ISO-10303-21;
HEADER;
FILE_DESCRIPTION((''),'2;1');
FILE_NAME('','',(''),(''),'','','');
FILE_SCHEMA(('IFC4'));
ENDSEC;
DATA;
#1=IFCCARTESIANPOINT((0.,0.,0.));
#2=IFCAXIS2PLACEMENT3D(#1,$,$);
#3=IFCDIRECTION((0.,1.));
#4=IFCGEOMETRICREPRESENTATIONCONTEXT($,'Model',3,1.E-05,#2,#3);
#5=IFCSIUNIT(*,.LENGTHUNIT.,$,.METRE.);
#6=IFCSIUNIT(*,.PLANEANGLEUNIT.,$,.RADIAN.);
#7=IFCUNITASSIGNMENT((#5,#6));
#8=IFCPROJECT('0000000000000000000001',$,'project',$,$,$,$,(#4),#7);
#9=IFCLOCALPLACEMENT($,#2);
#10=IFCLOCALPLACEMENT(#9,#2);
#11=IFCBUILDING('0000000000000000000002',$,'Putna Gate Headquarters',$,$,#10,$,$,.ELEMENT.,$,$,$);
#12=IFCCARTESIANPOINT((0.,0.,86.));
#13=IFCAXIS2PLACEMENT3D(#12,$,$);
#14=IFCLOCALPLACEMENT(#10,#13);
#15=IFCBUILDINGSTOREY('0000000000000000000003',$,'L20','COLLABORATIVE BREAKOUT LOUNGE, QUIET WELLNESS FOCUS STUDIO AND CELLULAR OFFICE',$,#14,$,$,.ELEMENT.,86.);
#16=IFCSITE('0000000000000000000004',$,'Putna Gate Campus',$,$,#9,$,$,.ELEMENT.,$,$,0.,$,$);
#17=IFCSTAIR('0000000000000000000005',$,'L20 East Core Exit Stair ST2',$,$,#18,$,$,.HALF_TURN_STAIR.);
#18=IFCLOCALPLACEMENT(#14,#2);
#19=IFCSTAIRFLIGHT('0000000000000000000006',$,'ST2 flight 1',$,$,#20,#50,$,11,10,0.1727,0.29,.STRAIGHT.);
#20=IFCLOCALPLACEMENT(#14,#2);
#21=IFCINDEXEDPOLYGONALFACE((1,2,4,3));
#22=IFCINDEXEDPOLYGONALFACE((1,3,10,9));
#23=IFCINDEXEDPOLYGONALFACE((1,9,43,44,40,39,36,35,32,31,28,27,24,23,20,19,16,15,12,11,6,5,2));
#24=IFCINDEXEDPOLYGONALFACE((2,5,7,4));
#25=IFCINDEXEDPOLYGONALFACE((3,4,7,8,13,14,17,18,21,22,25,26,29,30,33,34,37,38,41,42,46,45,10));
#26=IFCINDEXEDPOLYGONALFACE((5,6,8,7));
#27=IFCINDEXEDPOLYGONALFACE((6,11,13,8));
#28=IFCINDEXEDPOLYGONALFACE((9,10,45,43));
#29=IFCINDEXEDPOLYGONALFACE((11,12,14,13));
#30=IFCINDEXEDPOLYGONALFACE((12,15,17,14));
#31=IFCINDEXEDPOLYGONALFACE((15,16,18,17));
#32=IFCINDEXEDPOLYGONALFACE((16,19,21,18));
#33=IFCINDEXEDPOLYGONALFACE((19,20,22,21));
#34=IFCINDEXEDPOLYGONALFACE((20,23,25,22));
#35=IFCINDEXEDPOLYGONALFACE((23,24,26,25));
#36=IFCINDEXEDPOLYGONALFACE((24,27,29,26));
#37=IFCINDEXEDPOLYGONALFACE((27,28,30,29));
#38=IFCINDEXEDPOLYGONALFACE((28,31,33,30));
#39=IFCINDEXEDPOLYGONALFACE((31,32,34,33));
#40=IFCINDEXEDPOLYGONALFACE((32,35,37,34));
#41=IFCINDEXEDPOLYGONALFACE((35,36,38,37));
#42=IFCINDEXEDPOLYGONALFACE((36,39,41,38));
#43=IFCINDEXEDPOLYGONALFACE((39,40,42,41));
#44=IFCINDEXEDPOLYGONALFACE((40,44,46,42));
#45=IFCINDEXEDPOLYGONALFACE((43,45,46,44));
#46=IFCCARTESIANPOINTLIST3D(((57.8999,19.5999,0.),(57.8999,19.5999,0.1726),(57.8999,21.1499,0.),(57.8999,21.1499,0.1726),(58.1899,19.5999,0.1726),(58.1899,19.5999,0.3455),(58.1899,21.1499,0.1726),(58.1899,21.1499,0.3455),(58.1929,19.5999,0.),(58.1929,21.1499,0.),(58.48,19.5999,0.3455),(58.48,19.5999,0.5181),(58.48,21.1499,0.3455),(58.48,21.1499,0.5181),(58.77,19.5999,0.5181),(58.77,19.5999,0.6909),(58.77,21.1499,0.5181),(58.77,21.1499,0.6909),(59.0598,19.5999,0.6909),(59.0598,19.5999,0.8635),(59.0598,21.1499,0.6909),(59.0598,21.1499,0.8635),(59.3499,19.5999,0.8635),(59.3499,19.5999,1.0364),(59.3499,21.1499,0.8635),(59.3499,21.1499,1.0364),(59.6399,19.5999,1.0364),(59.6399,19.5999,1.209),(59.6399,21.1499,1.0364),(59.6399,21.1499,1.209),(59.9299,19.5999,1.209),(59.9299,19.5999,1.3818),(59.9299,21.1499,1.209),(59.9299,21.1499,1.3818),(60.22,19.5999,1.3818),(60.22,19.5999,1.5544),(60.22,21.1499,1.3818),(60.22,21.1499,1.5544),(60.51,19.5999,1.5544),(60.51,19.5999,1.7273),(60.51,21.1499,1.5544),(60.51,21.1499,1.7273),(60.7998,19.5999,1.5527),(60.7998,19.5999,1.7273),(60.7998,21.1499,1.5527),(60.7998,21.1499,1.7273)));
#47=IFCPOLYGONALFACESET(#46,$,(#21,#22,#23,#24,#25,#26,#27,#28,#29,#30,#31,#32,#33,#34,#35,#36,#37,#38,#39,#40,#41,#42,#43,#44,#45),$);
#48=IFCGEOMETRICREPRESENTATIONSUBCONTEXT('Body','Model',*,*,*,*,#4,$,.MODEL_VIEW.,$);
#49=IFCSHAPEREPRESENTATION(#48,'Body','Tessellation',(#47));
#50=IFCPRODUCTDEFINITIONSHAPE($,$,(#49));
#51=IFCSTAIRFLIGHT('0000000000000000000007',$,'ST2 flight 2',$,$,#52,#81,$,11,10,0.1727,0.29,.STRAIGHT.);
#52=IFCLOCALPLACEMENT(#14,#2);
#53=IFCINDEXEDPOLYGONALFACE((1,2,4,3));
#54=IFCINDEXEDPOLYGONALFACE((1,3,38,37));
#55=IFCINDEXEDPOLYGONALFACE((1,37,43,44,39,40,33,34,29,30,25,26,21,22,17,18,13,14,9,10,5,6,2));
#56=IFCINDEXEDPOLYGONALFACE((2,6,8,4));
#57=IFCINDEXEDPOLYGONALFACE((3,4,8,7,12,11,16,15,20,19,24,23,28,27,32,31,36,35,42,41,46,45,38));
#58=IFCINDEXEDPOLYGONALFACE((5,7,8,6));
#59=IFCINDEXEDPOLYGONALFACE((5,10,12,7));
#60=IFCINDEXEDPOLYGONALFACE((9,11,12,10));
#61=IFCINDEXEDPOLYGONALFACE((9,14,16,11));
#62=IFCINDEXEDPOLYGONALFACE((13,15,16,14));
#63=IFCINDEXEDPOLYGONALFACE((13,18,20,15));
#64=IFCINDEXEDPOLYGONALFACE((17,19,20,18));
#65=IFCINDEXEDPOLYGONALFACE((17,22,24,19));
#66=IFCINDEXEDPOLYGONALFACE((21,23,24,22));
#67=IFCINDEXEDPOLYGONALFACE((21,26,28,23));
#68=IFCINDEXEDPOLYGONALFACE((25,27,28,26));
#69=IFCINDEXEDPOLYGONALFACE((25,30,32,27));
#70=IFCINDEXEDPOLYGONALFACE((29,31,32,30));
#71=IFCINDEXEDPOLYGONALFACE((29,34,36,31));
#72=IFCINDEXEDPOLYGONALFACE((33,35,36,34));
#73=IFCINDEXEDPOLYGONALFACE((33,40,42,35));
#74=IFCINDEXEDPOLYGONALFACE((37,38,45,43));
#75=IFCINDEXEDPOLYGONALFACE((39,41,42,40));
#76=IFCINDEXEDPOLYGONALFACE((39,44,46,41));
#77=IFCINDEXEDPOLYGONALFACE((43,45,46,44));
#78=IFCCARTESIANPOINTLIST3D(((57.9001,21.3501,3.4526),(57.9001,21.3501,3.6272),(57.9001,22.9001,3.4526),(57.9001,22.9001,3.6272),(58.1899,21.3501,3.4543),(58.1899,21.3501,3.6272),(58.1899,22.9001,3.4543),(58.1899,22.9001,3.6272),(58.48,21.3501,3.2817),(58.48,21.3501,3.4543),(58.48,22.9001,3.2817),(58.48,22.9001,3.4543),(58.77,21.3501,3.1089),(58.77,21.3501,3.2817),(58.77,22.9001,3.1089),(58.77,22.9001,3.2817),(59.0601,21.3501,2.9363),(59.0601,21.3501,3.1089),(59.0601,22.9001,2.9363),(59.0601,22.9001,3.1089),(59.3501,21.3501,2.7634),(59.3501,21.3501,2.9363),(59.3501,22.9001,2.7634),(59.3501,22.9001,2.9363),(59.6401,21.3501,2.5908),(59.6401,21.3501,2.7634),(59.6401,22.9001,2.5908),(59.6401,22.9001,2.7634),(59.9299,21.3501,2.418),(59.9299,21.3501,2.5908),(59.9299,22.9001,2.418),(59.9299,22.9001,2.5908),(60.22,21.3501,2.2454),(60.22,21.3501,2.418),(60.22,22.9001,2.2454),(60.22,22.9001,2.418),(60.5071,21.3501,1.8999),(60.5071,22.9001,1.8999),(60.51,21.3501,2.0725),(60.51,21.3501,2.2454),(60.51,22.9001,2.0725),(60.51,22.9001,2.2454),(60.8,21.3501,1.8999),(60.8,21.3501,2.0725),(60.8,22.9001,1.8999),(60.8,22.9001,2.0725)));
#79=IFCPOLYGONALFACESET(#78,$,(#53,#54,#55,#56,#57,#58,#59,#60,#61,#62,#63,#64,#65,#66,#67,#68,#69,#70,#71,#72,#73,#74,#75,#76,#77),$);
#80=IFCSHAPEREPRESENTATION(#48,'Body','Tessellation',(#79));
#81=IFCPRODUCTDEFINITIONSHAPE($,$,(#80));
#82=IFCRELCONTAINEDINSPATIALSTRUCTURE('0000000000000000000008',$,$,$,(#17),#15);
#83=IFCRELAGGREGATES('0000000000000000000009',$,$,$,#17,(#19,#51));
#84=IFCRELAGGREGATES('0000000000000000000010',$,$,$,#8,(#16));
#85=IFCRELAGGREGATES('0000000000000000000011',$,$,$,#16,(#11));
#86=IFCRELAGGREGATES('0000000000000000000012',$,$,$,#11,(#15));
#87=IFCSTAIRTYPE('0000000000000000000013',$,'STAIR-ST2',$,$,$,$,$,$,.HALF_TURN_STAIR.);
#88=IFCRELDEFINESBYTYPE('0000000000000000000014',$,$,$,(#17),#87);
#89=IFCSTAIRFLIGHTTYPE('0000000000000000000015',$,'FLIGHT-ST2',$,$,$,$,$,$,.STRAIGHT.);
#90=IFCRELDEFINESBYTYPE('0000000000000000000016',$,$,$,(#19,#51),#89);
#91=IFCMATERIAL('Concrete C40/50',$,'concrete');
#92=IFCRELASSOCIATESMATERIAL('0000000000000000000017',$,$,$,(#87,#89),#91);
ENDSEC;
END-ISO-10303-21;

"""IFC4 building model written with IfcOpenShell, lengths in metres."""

from ifc_helpers import new_model, si_unit, direction, frame, origin, place, context, subcontext, project, spatial, polyline, outline, extrude, material, type_object, element, aggregate, save


model = new_model("IFC4")

# Units and contexts
model_context = context("Model", 3, precision=1e-05, world=origin(), true_north=direction((0.0, 1.0)))
body_context = subcontext(model_context, "Body", "Model", "MODEL_VIEW")
ifc_project = project(units=[si_unit("LENGTHUNIT", "METRE"), si_unit("PLANEANGLEUNIT", "RADIAN")], contexts=[model_context])

# Site, building, storey
site_placement = place(None, origin())
site = spatial("IfcSite", under=ifc_project, at=site_placement, Name="Putna Gate Campus", CompositionType="ELEMENT", RefElevation=0.0)
building_placement = place(site_placement, origin())
building = spatial("IfcBuilding", under=site, at=building_placement, Name="Putna Gate Headquarters", CompositionType="ELEMENT")
storey_placement = place(building_placement, frame((0.0, 0.0, 86.0)))
storey = spatial("IfcBuildingStorey", under=building, at=storey_placement, Name="L20", Description="COLLABORATIVE BREAKOUT LOUNGE, QUIET WELLNESS FOCUS STUDIO AND CELLULAR OFFICE", CompositionType="ELEMENT", Elevation=86.0)

# Shared definitions
ifc_material_1 = material(Name="Concrete C40/50", Category="concrete")

# Stair, stair flights
stair_type = type_object("IfcStairType", Name="STAIR-ST2", PredefinedType="HALF_TURN_STAIR", material=ifc_material_1)
stair_placement = place(storey_placement, origin())
stair = element("IfcStair", 1, at=stair_placement, inside=storey, type_object=stair_type, Name="L20 East Core Exit Stair ST2", PredefinedType="HALF_TURN_STAIR")
stair_flight_type = type_object("IfcStairFlightType", Name="FLIGHT-ST2", PredefinedType="STRAIGHT", material=ifc_material_1)
stair_flight_1_placement = place(storey_placement, frame((57.8999, 20.375, 0.0), z_axis=(0.0, 0.0, 1.0), x_axis=(1.0, 0.0, 0.0)))
stair_flight_1 = element("IfcStairFlight", 2, at=stair_flight_1_placement, type_object=stair_flight_type, Name="ST2 flight 1", NumberOfRisers=11, NumberOfTreads=10, PredefinedType="STRAIGHT", RiserHeight=0.1727, TreadLength=0.29, context=body_context, shape_type="SweptSolid", body=[
    extrude(outline(polyline([(0.0, 0.0), (0.0, 0.1726), (0.29, 0.1726), (0.29, 0.3455), (0.5801, 0.3455), (0.5801, 0.5181), (0.8701, 0.5181), (0.8701, 0.6909), (1.1599, 0.6909), (1.1599, 0.8635), (1.45, 0.8635), (1.45, 1.0364), (1.74, 1.0364), (1.74, 1.209), (2.03, 1.209), (2.03, 1.3818), (2.3201, 1.3818), (2.3201, 1.5544), (2.6101, 1.5544), (2.6101, 1.7273), (2.8999, 1.7273), (2.8999, 1.8999), (2.8999, 1.5527), (0.293, 0.0), (0.0, 0.0)])), frame((0.0, 0.7749, 0.0), z_axis=(0.0, -1.0, 0.0), x_axis=(1.0, 0.0, 0.0)), (0.0, 0.0, 1.0), 1.55),
])
stair_flight_2_placement = place(storey_placement, frame((60.8, 22.125, 1.8999), z_axis=(0.0, 0.0, 1.0), x_axis=(-1.0, 0.0, 0.0)))
stair_flight_2 = element("IfcStairFlight", 3, at=stair_flight_2_placement, type_object=stair_flight_type, Name="ST2 flight 2", NumberOfRisers=11, NumberOfTreads=10, PredefinedType="STRAIGHT", RiserHeight=0.1727, TreadLength=0.29, context=body_context, shape_type="SweptSolid", body=[
    extrude(outline(polyline([(0.0, 0.0), (0.0, 0.1726), (0.29, 0.1726), (0.29, 0.3455), (0.5801, 0.3455), (0.5801, 0.5181), (0.8701, 0.5181), (0.8701, 0.6909), (1.1599, 0.6909), (1.1599, 0.8635), (1.45, 0.8635), (1.45, 1.0364), (1.74, 1.0364), (1.74, 1.209), (2.03, 1.209), (2.03, 1.3818), (2.3201, 1.3818), (2.3201, 1.5544), (2.6101, 1.5544), (2.6101, 1.7273), (2.8999, 1.7273), (2.8999, 1.8999), (2.8999, 1.5527), (0.293, 0.0), (0.0, 0.0)])), frame((0.0, 0.7749, 0.0), z_axis=(0.0, -1.0, 0.0), x_axis=(1.0, 0.0, 0.0)), (0.0, 0.0, 1.0), 1.55),
])
aggregate(stair, [stair_flight_1, stair_flight_2])

save(model, "model.ifc")
